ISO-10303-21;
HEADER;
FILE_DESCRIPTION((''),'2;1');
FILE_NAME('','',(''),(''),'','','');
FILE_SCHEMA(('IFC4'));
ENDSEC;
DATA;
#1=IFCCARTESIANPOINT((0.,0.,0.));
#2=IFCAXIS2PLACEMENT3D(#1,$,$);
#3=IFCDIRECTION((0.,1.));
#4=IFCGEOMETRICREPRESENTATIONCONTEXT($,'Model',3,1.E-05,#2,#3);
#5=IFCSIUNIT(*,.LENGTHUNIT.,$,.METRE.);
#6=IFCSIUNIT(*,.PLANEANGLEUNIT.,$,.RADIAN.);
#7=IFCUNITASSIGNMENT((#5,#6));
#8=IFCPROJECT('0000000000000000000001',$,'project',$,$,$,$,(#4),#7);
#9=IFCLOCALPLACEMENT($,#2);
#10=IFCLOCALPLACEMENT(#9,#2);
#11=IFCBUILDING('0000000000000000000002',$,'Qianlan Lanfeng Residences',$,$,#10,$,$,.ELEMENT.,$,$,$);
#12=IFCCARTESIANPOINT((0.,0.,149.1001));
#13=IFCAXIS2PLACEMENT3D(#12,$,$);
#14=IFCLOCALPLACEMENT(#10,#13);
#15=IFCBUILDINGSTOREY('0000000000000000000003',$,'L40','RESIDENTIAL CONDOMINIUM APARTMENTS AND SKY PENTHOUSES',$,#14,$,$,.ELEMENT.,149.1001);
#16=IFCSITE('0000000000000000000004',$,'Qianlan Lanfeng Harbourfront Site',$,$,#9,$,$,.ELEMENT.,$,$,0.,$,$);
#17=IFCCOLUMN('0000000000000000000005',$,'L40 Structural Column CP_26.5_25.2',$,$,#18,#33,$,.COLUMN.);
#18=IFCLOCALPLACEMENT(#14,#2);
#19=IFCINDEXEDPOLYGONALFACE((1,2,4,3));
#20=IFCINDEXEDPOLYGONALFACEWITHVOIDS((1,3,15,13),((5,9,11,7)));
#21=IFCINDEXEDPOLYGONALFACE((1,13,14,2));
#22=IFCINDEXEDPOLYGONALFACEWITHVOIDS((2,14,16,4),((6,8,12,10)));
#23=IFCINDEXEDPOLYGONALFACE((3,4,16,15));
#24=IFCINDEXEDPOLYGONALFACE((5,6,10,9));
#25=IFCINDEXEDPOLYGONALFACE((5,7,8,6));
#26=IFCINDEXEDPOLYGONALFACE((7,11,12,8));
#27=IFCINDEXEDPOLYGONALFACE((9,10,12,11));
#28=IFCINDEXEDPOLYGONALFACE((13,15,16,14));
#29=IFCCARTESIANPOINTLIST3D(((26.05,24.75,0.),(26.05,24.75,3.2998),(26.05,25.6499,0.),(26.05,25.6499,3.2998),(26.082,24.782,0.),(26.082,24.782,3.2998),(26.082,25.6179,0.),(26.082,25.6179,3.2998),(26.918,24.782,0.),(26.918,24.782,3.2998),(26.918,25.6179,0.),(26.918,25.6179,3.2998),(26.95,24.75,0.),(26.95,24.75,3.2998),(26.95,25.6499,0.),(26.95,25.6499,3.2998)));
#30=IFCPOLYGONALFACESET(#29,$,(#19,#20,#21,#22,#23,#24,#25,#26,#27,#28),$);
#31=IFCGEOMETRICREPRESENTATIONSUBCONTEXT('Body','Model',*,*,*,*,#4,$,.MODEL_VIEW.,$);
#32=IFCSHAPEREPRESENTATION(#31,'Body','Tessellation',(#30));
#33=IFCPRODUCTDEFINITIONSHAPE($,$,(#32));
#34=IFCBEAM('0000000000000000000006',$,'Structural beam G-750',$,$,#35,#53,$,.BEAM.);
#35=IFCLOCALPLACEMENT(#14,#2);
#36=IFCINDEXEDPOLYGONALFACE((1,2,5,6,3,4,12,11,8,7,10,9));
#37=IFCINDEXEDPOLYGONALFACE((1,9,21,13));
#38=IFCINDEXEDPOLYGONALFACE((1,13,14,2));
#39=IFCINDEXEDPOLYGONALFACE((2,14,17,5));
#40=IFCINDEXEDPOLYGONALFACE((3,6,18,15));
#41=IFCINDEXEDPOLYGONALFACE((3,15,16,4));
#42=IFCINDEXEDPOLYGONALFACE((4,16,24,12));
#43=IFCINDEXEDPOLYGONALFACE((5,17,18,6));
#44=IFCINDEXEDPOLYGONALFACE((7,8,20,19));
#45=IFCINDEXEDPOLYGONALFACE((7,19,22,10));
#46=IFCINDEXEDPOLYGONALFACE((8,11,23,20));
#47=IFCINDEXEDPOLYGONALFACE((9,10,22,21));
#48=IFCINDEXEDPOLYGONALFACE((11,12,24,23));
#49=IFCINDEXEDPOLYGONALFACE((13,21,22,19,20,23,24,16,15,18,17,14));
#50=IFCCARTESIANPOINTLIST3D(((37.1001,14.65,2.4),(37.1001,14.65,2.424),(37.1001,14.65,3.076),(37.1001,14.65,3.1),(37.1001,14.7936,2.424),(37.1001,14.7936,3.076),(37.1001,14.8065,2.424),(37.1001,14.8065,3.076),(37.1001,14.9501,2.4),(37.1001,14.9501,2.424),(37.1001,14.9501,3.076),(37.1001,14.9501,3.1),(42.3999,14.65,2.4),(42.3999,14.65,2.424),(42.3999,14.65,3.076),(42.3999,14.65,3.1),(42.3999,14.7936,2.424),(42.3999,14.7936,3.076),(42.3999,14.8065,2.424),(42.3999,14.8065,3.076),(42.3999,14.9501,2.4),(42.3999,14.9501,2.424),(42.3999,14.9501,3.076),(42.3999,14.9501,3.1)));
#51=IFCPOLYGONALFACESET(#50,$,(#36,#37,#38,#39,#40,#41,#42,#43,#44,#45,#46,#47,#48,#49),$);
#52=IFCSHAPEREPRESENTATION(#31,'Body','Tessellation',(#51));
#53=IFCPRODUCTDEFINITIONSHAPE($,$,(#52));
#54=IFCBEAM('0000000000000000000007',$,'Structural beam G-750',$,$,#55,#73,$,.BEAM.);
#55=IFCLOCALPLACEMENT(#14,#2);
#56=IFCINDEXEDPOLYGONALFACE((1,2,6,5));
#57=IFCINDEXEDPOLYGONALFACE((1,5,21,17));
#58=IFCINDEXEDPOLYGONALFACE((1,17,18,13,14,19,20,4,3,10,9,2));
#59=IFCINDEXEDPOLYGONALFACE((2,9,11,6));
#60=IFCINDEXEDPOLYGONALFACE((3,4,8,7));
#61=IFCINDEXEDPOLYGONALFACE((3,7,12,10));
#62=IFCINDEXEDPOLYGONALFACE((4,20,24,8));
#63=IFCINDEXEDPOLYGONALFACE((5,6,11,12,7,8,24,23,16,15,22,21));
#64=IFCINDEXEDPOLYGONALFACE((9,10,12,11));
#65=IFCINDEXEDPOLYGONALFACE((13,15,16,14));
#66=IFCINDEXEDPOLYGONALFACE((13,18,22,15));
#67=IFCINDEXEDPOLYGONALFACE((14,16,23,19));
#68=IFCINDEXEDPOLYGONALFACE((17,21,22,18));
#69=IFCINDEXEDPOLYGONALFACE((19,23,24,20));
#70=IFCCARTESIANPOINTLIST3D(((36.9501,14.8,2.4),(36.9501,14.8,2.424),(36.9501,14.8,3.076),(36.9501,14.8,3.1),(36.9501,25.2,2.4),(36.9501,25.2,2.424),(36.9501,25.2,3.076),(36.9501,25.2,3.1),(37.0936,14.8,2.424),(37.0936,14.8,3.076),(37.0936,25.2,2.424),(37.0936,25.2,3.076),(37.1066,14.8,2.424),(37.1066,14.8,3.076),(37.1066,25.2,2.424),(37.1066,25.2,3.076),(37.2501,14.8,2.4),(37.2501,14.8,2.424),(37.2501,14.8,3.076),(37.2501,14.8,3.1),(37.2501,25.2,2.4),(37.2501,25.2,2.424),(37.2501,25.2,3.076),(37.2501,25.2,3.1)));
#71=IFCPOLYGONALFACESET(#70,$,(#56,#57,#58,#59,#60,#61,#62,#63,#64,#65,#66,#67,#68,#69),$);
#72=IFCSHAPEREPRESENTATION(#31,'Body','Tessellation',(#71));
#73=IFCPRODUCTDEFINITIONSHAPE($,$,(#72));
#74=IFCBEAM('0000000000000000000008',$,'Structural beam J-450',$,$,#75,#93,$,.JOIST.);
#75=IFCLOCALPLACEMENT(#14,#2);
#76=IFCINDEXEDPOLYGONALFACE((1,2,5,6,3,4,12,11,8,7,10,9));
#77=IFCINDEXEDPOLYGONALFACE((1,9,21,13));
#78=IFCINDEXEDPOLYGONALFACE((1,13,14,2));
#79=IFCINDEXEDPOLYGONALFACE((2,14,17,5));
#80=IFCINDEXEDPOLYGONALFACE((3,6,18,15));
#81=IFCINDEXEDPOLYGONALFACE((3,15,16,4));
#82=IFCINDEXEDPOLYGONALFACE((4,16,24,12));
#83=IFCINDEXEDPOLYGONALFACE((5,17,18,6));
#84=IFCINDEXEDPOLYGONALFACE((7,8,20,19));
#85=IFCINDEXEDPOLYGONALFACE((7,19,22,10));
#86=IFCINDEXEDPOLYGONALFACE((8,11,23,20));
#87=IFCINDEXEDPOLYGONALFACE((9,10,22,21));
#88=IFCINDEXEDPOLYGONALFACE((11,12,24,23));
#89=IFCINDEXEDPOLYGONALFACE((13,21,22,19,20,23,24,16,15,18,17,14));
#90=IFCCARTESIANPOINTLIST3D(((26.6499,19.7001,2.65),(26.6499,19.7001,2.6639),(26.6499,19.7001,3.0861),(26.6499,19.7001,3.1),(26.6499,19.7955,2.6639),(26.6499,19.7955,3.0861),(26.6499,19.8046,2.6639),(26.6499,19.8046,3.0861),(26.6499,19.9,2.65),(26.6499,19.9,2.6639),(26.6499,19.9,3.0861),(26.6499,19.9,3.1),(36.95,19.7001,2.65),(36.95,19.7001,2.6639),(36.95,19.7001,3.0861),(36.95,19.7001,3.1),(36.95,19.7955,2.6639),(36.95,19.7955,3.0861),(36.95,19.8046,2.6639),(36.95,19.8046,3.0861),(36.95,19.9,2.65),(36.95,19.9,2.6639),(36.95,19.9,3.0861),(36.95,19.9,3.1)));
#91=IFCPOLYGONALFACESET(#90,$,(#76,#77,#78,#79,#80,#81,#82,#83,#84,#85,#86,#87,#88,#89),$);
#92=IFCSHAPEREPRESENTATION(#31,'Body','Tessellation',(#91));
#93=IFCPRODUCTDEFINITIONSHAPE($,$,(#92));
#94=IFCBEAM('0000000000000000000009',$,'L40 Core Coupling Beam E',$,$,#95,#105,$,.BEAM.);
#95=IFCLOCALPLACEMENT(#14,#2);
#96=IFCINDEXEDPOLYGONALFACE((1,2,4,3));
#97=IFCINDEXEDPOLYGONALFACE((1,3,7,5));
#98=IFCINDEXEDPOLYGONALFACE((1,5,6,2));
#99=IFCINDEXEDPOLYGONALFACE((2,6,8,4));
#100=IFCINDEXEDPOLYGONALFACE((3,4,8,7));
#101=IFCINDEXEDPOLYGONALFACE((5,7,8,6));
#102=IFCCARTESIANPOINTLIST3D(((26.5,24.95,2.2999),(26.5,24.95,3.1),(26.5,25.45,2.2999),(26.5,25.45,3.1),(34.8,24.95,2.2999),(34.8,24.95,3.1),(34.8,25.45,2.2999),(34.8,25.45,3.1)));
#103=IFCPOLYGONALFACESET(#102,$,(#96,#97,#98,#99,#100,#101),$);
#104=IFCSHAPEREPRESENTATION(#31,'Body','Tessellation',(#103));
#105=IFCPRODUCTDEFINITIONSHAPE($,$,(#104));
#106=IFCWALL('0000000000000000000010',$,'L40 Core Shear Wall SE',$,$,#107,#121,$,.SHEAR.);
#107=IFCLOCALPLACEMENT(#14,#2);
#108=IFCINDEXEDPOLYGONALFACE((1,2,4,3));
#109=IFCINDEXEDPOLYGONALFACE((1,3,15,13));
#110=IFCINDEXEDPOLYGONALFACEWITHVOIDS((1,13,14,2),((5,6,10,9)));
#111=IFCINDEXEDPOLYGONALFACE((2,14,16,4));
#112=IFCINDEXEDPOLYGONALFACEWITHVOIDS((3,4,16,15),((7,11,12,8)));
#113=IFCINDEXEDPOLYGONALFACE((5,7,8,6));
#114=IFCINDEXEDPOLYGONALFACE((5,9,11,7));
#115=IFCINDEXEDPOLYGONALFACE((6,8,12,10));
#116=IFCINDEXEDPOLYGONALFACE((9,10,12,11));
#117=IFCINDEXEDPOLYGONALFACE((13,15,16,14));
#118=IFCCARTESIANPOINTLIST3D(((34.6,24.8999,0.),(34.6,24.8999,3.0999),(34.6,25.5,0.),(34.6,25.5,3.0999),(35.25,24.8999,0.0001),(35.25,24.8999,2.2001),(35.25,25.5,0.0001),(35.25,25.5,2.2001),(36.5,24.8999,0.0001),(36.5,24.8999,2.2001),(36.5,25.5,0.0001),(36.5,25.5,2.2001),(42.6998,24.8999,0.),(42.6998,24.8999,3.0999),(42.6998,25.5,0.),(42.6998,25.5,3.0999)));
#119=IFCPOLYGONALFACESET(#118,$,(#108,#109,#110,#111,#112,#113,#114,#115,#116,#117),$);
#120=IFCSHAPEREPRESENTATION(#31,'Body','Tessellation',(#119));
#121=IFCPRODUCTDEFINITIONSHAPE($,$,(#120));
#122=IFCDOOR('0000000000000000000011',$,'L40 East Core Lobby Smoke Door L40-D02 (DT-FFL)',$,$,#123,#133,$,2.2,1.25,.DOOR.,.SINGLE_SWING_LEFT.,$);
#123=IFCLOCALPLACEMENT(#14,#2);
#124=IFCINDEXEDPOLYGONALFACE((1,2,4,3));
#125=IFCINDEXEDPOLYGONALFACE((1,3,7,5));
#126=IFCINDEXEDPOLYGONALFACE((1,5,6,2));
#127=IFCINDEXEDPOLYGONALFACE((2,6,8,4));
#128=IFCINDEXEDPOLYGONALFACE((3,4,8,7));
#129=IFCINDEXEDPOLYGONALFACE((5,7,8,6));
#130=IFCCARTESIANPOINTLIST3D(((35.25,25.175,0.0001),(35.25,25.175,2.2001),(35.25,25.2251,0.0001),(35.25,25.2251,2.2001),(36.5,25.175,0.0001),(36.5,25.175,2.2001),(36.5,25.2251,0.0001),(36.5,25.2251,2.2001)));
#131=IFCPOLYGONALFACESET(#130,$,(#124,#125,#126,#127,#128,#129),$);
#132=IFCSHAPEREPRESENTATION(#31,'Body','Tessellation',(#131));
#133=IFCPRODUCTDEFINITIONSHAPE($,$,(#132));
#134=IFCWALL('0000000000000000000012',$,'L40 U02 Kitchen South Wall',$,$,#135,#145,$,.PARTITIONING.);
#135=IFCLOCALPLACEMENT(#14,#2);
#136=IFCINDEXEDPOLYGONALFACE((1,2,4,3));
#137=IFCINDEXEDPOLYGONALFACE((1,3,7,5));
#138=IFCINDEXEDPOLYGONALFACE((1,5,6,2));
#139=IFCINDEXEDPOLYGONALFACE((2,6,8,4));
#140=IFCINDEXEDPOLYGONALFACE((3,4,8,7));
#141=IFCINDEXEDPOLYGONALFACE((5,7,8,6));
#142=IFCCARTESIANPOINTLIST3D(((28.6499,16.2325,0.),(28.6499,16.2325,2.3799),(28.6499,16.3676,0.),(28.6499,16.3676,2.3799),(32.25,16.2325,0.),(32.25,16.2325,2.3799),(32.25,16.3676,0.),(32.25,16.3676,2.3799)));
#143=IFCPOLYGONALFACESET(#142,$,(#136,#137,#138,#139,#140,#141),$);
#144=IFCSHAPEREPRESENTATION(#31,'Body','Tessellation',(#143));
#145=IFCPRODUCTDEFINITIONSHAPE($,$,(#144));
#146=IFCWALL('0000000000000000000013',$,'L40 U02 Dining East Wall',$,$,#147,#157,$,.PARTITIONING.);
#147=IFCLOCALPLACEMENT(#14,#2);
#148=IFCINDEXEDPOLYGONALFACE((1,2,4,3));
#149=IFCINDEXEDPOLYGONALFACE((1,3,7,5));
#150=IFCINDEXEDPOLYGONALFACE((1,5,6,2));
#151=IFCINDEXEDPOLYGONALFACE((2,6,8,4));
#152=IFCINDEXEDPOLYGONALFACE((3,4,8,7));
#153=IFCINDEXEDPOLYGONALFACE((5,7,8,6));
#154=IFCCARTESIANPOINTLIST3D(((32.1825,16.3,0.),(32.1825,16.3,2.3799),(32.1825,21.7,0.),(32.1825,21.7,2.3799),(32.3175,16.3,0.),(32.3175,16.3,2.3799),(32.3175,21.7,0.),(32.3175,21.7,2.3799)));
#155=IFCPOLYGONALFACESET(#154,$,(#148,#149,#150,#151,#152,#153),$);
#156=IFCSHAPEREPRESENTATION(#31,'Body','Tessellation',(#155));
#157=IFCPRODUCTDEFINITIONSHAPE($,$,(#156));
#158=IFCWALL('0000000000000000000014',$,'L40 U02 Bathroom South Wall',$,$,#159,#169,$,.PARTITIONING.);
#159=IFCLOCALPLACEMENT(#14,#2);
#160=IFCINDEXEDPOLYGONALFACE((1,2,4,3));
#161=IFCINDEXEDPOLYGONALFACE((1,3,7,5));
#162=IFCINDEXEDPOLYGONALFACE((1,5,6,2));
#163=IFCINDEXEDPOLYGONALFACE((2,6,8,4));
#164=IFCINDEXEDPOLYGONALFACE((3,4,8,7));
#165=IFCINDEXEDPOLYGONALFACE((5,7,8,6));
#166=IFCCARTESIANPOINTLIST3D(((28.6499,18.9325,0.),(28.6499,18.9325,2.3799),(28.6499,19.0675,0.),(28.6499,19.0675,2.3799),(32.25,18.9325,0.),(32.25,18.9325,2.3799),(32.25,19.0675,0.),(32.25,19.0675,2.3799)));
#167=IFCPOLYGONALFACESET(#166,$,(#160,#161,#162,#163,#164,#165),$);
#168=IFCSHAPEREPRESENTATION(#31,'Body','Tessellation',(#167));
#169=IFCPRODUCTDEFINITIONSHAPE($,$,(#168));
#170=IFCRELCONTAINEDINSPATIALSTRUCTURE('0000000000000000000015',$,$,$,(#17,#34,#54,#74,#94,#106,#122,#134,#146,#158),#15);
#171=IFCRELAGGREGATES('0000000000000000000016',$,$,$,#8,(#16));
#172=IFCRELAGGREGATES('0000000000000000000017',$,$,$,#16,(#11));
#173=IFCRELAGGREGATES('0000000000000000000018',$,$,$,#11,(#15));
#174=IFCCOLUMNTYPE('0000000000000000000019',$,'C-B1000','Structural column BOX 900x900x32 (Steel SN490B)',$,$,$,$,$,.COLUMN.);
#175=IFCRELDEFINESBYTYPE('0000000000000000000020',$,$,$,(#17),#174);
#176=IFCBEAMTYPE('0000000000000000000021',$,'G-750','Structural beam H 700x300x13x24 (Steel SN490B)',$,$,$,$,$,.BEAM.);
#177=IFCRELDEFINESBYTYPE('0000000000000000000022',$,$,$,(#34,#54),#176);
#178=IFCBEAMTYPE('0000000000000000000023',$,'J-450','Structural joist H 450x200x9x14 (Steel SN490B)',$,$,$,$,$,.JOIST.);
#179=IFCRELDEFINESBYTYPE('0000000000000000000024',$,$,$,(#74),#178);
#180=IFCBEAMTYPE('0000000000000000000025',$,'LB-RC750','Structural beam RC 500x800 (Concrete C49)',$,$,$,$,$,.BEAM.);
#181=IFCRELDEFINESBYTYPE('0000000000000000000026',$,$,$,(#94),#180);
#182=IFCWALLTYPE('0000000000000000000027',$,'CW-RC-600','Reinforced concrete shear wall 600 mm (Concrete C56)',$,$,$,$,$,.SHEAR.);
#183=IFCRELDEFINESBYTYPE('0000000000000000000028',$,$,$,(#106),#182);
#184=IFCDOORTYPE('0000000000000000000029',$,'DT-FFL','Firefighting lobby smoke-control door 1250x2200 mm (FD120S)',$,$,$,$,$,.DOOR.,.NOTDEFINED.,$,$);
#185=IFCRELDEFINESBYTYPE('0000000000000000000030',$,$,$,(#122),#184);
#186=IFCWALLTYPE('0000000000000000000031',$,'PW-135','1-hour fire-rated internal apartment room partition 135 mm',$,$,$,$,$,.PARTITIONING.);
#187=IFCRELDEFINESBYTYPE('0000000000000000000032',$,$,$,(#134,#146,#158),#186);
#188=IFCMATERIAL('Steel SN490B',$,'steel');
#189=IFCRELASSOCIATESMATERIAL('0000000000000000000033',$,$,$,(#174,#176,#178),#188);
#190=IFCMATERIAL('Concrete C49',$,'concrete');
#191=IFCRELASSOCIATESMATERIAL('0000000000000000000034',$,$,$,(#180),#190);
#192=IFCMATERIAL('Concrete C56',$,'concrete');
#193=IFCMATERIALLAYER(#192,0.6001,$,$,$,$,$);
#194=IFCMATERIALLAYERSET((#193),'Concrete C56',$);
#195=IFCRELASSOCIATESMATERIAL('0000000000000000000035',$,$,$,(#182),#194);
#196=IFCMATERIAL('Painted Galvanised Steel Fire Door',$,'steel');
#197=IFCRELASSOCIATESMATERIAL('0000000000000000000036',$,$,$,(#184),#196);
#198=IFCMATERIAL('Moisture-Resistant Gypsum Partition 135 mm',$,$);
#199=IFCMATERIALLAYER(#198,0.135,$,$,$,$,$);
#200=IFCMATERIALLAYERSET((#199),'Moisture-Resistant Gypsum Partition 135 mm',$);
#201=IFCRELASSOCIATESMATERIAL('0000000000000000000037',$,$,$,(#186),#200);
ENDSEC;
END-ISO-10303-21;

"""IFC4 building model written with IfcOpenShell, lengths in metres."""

from ifc_helpers import new_model, si_unit, direction, frame, frame_2d, origin, origin_2d, place, context, subcontext, project, spatial, rectangle, hollow_rectangle, i_section, extrude, material, layer, layer_set, material_profile, profile_set, type_object, element, fill, save


model = new_model("IFC4")

# Units and contexts
model_context = context("Model", 3, precision=1e-05, world=origin(), true_north=direction((0.0, 1.0)))
body_context = subcontext(model_context, "Body", "Model", "MODEL_VIEW")
ifc_project = project(units=[si_unit("LENGTHUNIT", "METRE"), si_unit("PLANEANGLEUNIT", "RADIAN")], contexts=[model_context])

# Site, building, storey
site_placement = place(None, origin())
site = spatial("IfcSite", under=ifc_project, at=site_placement, Name="Qianlan Lanfeng Harbourfront Site", CompositionType="ELEMENT", RefElevation=0.0)
building_placement = place(site_placement, origin())
building = spatial("IfcBuilding", under=site, at=building_placement, Name="Qianlan Lanfeng Residences", CompositionType="ELEMENT")
storey_placement = place(building_placement, frame((0.0, 0.0, 149.1001)))
storey = spatial("IfcBuildingStorey", under=building, at=storey_placement, Name="L40", Description="RESIDENTIAL CONDOMINIUM APARTMENTS AND SKY PENTHOUSES", CompositionType="ELEMENT", Elevation=149.1001)

# Column
ifc_material_1 = material(Name="Steel SN490B", Category="steel")
ifc_material_profile_1 = material_profile(ifc_material_1, hollow_rectangle(XDim=0.8999, YDim=0.8999, WallThickness=0.032, at=origin_2d()), Name="BOX 900x900x32")
ifc_profile_set_1 = profile_set([ifc_material_profile_1], Name="Steel SN490B")
column_type = type_object("IfcColumnType", Name="C-B1000", Description="Structural column BOX 900x900x32 (Steel SN490B)", PredefinedType="COLUMN", material=ifc_profile_set_1)
column_placement = place(storey_placement, frame((26.5, 25.2, 0.0), z_axis=(0.0, 0.0, 1.0), x_axis=(1.0, 0.0, 0.0)))
element("IfcColumn", 1, at=column_placement, inside=storey, type_object=column_type, Name="L40 Structural Column CP_26.5_25.2", PredefinedType="COLUMN", context=body_context, shape_type="SweptSolid", body=[
    extrude(hollow_rectangle(XDim=0.8999, YDim=0.8999, WallThickness=0.032, at=origin_2d()), origin(), (0.0, 0.0, 1.0), 3.2998),
])

# Beams
ifc_material_profile_2 = material_profile(ifc_material_1, i_section(OverallWidth=0.3, OverallDepth=0.7, WebThickness=0.0129, FlangeThickness=0.0239, at=origin_2d()), Name="H 700x300x13x24")
ifc_profile_set_2 = profile_set([ifc_material_profile_2], Name="Steel SN490B")
beam_type_1 = type_object("IfcBeamType", Name="G-750", Description="Structural beam H 700x300x13x24 (Steel SN490B)", PredefinedType="BEAM", material=ifc_profile_set_2)
beam_1_placement = place(storey_placement, frame((37.1001, 14.8, 2.75), z_axis=(1.0, 0.0, 0.0), x_axis=(0.0, 1.0, 0.0)))
element("IfcBeam", 2, at=beam_1_placement, inside=storey, type_object=beam_type_1, Name="Structural beam G-750", PredefinedType="BEAM", context=body_context, shape_type="SweptSolid", body=[
    extrude(i_section(OverallWidth=0.3, OverallDepth=0.7, WebThickness=0.0129, FlangeThickness=0.0239, at=origin_2d()), origin(), (0.0, 0.0, 1.0), 5.2998),
])
beam_2_placement = place(storey_placement, frame((37.1001, 14.8, 2.75), z_axis=(0.0, 1.0, 0.0), x_axis=(-1.0, 0.0, 0.0)))
element("IfcBeam", 3, at=beam_2_placement, inside=storey, type_object=beam_type_1, Name="Structural beam G-750", PredefinedType="BEAM", context=body_context, shape_type="SweptSolid", body=[
    extrude(i_section(OverallWidth=0.3, OverallDepth=0.7, WebThickness=0.0129, FlangeThickness=0.0239, at=origin_2d()), origin(), (0.0, 0.0, 1.0), 10.3999),
])
ifc_material_profile_3 = material_profile(ifc_material_1, i_section(OverallWidth=0.2, OverallDepth=0.45, WebThickness=0.009, FlangeThickness=0.0139, at=origin_2d()), Name="H 450x200x9x14")
ifc_profile_set_3 = profile_set([ifc_material_profile_3], Name="Steel SN490B")
beam_type_2 = type_object("IfcBeamType", Name="J-450", Description="Structural joist H 450x200x9x14 (Steel SN490B)", PredefinedType="JOIST", material=ifc_profile_set_3)
beam_3_placement = place(storey_placement, frame((26.6499, 19.8, 2.875), z_axis=(1.0, 0.0, 0.0), x_axis=(0.0, 1.0, 0.0)))
element("IfcBeam", 4, at=beam_3_placement, inside=storey, type_object=beam_type_2, Name="Structural beam J-450", PredefinedType="JOIST", context=body_context, shape_type="SweptSolid", body=[
    extrude(i_section(OverallWidth=0.2, OverallDepth=0.45, WebThickness=0.009, FlangeThickness=0.0139, at=origin_2d()), origin(), (0.0, 0.0, 1.0), 10.3),
])
ifc_material_2 = material(Name="Concrete C49", Category="concrete")
ifc_material_profile_4 = material_profile(ifc_material_2, rectangle(XDim=0.5, YDim=0.8, at=origin_2d()), Name="RC 500x800")
ifc_profile_set_4 = profile_set([ifc_material_profile_4], Name="Concrete C49")
beam_type_3 = type_object("IfcBeamType", Name="LB-RC750", Description="Structural beam RC 500x800 (Concrete C49)", PredefinedType="BEAM", material=ifc_profile_set_4)
beam_4_placement = place(storey_placement, frame((26.5, 25.2, 2.7), z_axis=(1.0, 0.0, 0.0), x_axis=(0.0, 1.0, 0.0)))
element("IfcBeam", 5, at=beam_4_placement, inside=storey, type_object=beam_type_3, Name="L40 Core Coupling Beam E", PredefinedType="BEAM", context=body_context, shape_type="SweptSolid", body=[
    extrude(rectangle(XDim=0.5, YDim=0.8, at=origin_2d()), origin(), (0.0, 0.0, 1.0), 8.3),
])

# Wall, opening, door
ifc_material_3 = material(Name="Concrete C56", Category="concrete")
ifc_layer_1 = layer(ifc_material_3, 0.6001)
ifc_layer_set_1 = layer_set([ifc_layer_1], Name="Concrete C56")
wall_type_1 = type_object("IfcWallType", Name="CW-RC-600", Description="Reinforced concrete shear wall 600 mm (Concrete C56)", PredefinedType="SHEAR", material=ifc_layer_set_1)
wall_1_placement = place(storey_placement, frame((34.6001, 25.2, 0.0), z_axis=(0.0, 0.0, 1.0), x_axis=(1.0, 0.0, 0.0)))
wall_1 = element("IfcWall", 6, at=wall_1_placement, inside=storey, type_object=wall_type_1, Name="L40 Core Shear Wall SE", PredefinedType="SHEAR", context=body_context, shape_type="SweptSolid", body=[
    extrude(rectangle(XDim=8.0999, YDim=0.6001, at=frame_2d((4.0498, 0.0))), origin(), (0.0, 0.0, 1.0), 3.0999),
])
opening_1_placement = place(wall_1_placement, frame((0.6499, 0.0, 0.0)))
opening_1 = element("IfcOpeningElement", 7, at=opening_1_placement, cuts=wall_1, PredefinedType="OPENING", context=body_context, shape_type="SweptSolid", body=[
    extrude(rectangle(XDim=1.25, YDim=2.2, at=frame_2d((0.625, 1.1001))), frame((0.0, 0.3101, 0.0), z_axis=(0.0, -1.0, 0.0), x_axis=(1.0, 0.0, 0.0)), (0.0, 0.0, 1.0), 0.6201),
])
ifc_material_4 = material(Name="Painted Galvanised Steel Fire Door", Category="steel")
door_type_1 = type_object("IfcDoorType", Name="DT-FFL", Description="Firefighting lobby smoke-control door 1250x2200 mm (FD120S)", OperationType="NOTDEFINED", PredefinedType="DOOR", material=ifc_material_4)
door_1_placement = place(opening_1_placement, frame((1.25, 0.0, 0.0), z_axis=(0.0, 0.0, 1.0), x_axis=(-1.0, 0.0, 0.0)))
door_1 = element("IfcDoor", 8, at=door_1_placement, inside=storey, type_object=door_type_1, Name="L40 East Core Lobby Smoke Door L40-D02 (DT-FFL)", OperationType="SINGLE_SWING_LEFT", OverallHeight=2.2, OverallWidth=1.25, PredefinedType="DOOR", context=body_context, shape_type="SweptSolid", body=[
    extrude(rectangle(XDim=1.25, YDim=2.2, at=frame_2d((0.625, 1.1001))), frame((0.0, 0.0249, 0.0), z_axis=(0.0, -1.0, 0.0), x_axis=(1.0, 0.0, 0.0)), (0.0, 0.0, 1.0), 0.05),
])
fill(opening_1, door_1)

# Walls
ifc_material_5 = material(Name="Moisture-Resistant Gypsum Partition 135 mm")
ifc_layer_2 = layer(ifc_material_5, 0.135)
ifc_layer_set_2 = layer_set([ifc_layer_2], Name="Moisture-Resistant Gypsum Partition 135 mm")
wall_type_2 = type_object("IfcWallType", Name="PW-135", Description="1-hour fire-rated internal apartment room partition 135 mm", PredefinedType="PARTITIONING", material=ifc_layer_set_2)
wall_2_placement = place(storey_placement, frame((28.6499, 16.3, 0.0), z_axis=(0.0, 0.0, 1.0), x_axis=(1.0, 0.0, 0.0)))
element("IfcWall", 9, at=wall_2_placement, inside=storey, type_object=wall_type_2, Name="L40 U02 Kitchen South Wall", PredefinedType="PARTITIONING", context=body_context, shape_type="SweptSolid", body=[
    extrude(rectangle(XDim=3.6001, YDim=0.135, at=frame_2d((1.8, 0.0))), origin(), (0.0, 0.0, 1.0), 2.3799),
])
wall_3_placement = place(storey_placement, frame((32.25, 16.3, 0.0), z_axis=(0.0, 0.0, 1.0), x_axis=(0.0, 1.0, 0.0)))
element("IfcWall", 10, at=wall_3_placement, inside=storey, type_object=wall_type_2, Name="L40 U02 Dining East Wall", PredefinedType="PARTITIONING", context=body_context, shape_type="SweptSolid", body=[
    extrude(rectangle(XDim=5.3999, YDim=0.135, at=frame_2d((2.7, 0.0))), origin(), (0.0, 0.0, 1.0), 2.3799),
])
wall_4_placement = place(storey_placement, frame((28.6499, 19.0, 0.0), z_axis=(0.0, 0.0, 1.0), x_axis=(1.0, 0.0, 0.0)))
element("IfcWall", 11, at=wall_4_placement, inside=storey, type_object=wall_type_2, Name="L40 U02 Bathroom South Wall", PredefinedType="PARTITIONING", context=body_context, shape_type="SweptSolid", body=[
    extrude(rectangle(XDim=3.6001, YDim=0.135, at=frame_2d((1.8, 0.0))), origin(), (0.0, 0.0, 1.0), 2.3799),
])

save(model, "model.ifc")
